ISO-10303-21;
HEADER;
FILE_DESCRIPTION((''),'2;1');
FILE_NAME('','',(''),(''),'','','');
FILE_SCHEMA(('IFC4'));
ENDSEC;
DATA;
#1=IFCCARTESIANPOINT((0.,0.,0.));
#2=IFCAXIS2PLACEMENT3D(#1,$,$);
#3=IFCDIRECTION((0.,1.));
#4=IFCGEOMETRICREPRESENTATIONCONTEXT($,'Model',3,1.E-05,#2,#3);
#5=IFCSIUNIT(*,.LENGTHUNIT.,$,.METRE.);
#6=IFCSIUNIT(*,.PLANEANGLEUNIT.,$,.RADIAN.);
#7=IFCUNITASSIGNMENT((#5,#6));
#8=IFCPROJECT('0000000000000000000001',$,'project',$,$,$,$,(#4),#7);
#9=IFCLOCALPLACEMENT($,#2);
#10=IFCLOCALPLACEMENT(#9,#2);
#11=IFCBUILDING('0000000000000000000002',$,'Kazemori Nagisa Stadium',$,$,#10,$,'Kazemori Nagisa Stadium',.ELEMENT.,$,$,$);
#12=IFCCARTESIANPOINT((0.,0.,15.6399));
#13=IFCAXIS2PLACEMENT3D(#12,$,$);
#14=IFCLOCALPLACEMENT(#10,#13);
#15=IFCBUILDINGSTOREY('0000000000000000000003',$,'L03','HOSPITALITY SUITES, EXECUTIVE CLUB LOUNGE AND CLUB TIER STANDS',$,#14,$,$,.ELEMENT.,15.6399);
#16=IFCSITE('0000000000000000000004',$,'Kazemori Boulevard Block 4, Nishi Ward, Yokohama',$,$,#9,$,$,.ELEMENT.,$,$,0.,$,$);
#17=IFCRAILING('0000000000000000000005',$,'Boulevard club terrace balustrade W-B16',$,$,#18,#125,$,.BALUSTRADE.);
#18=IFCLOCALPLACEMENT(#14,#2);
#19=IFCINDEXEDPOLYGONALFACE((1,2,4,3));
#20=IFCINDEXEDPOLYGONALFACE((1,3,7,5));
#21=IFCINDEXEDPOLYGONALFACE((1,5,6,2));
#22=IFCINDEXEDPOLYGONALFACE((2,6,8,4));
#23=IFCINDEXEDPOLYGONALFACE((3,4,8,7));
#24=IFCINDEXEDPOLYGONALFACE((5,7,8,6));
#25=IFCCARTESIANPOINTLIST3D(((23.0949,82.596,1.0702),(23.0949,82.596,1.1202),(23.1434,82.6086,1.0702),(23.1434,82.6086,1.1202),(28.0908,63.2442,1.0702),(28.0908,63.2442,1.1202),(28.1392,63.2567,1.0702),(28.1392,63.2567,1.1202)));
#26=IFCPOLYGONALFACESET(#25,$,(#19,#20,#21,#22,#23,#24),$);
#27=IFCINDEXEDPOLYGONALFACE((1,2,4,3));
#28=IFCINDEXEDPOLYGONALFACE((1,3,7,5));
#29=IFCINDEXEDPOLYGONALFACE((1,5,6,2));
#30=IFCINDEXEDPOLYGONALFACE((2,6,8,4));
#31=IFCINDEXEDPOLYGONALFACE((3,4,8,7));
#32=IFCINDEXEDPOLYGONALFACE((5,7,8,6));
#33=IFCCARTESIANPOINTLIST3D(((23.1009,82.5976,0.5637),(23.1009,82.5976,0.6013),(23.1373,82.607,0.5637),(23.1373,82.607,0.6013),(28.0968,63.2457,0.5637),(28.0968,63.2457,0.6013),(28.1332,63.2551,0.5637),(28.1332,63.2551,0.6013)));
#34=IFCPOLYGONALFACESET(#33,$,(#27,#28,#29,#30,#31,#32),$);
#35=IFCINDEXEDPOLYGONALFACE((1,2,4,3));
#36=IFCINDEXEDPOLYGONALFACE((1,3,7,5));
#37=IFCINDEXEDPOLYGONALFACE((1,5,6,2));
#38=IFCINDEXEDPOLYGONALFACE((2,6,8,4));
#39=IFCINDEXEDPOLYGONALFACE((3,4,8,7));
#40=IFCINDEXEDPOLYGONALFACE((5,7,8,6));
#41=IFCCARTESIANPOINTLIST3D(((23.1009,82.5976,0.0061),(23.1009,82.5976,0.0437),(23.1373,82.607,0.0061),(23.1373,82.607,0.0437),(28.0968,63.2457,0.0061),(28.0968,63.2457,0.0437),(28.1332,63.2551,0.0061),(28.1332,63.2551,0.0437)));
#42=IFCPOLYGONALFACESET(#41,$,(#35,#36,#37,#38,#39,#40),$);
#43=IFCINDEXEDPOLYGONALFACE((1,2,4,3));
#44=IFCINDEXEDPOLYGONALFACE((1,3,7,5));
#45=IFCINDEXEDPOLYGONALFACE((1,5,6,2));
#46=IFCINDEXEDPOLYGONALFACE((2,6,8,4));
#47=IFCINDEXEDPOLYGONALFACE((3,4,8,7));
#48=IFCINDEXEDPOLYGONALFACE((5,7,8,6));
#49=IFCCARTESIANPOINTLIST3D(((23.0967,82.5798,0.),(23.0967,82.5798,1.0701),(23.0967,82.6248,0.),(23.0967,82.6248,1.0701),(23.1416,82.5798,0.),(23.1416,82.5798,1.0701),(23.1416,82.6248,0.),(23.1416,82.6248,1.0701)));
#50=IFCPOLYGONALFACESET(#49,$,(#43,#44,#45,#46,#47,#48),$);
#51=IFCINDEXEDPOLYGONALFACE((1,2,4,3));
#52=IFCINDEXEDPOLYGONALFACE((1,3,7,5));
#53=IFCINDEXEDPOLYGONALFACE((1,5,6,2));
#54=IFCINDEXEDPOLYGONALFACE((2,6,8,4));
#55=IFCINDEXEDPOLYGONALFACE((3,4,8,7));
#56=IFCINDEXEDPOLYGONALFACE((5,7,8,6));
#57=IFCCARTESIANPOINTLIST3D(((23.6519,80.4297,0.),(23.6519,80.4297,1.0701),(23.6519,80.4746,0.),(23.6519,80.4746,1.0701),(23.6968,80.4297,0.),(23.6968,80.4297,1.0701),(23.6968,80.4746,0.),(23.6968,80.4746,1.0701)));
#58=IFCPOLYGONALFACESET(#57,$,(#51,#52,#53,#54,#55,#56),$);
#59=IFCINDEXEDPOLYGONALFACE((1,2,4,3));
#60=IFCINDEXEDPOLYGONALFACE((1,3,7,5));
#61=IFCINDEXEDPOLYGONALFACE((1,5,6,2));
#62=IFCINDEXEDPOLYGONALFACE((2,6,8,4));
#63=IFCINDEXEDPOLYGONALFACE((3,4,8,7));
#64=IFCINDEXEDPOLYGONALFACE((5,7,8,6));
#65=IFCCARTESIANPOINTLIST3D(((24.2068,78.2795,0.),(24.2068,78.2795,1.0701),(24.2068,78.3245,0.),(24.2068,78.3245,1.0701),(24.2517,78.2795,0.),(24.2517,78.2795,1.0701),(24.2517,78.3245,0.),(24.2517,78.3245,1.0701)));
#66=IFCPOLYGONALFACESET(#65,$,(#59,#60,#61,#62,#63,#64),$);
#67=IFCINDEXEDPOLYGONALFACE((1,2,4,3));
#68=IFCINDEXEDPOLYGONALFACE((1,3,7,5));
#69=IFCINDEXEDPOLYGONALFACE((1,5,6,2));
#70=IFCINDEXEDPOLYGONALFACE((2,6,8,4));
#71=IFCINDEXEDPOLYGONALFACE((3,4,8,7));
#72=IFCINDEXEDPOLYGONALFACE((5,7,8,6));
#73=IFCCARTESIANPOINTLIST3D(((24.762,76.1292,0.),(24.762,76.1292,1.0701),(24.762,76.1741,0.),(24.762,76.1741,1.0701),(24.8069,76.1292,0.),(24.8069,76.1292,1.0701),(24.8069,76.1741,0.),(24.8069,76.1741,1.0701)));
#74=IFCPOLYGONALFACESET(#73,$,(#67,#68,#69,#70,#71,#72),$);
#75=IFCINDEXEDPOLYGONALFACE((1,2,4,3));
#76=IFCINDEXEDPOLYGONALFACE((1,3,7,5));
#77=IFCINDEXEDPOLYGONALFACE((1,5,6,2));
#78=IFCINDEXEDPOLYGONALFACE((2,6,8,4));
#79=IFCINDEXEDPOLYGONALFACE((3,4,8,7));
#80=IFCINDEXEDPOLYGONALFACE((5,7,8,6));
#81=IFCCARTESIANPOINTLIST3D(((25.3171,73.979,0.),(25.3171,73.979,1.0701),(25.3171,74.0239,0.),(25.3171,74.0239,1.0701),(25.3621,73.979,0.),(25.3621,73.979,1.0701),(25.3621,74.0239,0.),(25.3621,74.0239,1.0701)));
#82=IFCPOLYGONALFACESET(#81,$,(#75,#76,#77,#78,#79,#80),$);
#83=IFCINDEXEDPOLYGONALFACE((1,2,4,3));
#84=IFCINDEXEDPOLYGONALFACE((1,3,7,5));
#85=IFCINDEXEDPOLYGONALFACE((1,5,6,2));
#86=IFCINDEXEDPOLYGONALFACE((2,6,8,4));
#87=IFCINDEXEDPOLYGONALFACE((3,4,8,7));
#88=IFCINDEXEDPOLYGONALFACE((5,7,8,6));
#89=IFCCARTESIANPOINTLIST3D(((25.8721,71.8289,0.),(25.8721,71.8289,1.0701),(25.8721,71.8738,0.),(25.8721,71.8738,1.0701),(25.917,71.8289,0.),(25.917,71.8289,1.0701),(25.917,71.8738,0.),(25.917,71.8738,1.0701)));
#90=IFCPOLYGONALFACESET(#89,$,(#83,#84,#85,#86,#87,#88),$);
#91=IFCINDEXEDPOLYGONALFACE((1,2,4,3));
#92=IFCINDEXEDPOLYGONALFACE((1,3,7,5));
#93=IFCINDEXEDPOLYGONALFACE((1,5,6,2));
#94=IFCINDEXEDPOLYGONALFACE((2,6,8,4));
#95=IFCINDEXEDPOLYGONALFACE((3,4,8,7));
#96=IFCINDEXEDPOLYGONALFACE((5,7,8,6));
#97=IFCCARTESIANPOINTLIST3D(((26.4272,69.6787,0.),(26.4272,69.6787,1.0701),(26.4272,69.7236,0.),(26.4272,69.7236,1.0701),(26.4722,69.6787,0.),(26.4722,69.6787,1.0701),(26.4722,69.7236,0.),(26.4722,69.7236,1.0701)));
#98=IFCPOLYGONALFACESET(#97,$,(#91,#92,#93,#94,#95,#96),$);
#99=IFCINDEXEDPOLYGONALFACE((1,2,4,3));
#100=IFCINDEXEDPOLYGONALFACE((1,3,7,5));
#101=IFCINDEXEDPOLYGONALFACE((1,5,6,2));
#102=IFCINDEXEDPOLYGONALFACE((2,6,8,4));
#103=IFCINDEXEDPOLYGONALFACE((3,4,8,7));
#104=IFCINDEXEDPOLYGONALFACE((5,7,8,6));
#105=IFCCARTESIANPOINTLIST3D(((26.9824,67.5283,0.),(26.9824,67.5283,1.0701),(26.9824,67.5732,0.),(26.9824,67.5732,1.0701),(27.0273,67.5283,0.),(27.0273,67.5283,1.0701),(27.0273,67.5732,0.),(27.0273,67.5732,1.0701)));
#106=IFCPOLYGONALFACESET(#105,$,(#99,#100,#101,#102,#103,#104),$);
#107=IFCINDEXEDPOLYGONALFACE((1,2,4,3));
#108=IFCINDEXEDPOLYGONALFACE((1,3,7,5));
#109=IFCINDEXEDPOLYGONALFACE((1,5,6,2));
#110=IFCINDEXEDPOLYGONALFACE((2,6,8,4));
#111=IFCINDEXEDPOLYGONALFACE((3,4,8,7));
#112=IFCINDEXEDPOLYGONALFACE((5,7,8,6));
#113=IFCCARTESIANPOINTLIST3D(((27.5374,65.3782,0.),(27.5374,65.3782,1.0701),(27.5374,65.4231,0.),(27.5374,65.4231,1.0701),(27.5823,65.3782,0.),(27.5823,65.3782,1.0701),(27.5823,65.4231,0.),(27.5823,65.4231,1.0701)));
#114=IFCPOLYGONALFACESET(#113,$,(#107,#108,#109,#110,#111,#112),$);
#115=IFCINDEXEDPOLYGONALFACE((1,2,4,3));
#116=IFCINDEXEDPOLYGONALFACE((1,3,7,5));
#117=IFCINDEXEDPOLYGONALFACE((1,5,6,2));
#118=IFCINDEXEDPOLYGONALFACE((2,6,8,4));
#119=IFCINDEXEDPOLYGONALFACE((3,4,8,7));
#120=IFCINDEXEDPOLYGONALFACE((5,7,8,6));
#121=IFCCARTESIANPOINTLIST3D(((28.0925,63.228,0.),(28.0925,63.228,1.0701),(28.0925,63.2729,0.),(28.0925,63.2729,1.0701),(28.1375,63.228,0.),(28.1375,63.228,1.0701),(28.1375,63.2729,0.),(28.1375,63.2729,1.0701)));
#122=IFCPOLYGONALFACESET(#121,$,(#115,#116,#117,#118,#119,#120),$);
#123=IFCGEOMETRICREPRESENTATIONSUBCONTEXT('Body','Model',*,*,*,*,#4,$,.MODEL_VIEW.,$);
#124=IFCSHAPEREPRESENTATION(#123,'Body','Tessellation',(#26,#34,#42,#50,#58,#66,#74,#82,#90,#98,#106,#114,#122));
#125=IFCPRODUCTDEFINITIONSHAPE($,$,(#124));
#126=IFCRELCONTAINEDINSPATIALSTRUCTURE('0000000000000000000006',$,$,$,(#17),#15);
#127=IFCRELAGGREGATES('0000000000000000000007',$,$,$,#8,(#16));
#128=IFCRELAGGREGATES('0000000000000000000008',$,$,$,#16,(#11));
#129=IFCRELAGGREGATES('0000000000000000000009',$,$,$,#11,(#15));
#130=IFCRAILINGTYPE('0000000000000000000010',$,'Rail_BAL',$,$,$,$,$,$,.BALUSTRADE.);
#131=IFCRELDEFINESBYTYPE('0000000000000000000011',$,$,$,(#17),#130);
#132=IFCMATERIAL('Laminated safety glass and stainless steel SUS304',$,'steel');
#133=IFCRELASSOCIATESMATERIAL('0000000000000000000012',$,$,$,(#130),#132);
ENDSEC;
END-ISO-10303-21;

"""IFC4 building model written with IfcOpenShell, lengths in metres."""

from ifc_helpers import new_model, si_unit, direction, frame, origin, origin_2d, place, context, subcontext, project, spatial, rectangle, extrude, material, type_object, element, save


model = new_model("IFC4")

# Units and contexts
model_context = context("Model", 3, precision=1e-05, world=origin(), true_north=direction((0.0, 1.0)))
body_context = subcontext(model_context, "Body", "Model", "MODEL_VIEW")
ifc_project = project(units=[si_unit("LENGTHUNIT", "METRE"), si_unit("PLANEANGLEUNIT", "RADIAN")], contexts=[model_context])

# Site, building, storey
site_placement = place(None, origin())
site = spatial("IfcSite", under=ifc_project, at=site_placement, Name="Kazemori Boulevard Block 4, Nishi Ward, Yokohama", CompositionType="ELEMENT", RefElevation=0.0)
building_placement = place(site_placement, origin())
building = spatial("IfcBuilding", under=site, at=building_placement, Name="Kazemori Nagisa Stadium", LongName="Kazemori Nagisa Stadium", CompositionType="ELEMENT")
storey_placement = place(building_placement, frame((0.0, 0.0, 15.6399)))
storey = spatial("IfcBuildingStorey", under=building, at=storey_placement, Name="L03", Description="HOSPITALITY SUITES, EXECUTIVE CLUB LOUNGE AND CLUB TIER STANDS", CompositionType="ELEMENT", Elevation=15.6399)

# Railing
ifc_material_1 = material(Name="Laminated safety glass and stainless steel SUS304", Category="steel")
railing_type = type_object("IfcRailingType", Name="Rail_BAL", PredefinedType="BALUSTRADE", material=ifc_material_1)
railing_placement = place(storey_placement, frame((23.1191, 82.6023, 0.0)))
element("IfcRailing", 1, at=railing_placement, inside=storey, type_object=railing_type, Name="Boulevard club terrace balustrade W-B16", PredefinedType="BALUSTRADE", context=body_context, shape_type="SweptSolid", body=[
    extrude(rectangle(XDim=0.05, YDim=0.05, at=origin_2d()), frame((0.0, 0.0, 1.0952), z_axis=(0.249964, -0.968255, 0.0), x_axis=(0.968255, 0.249964, 0.0)), (0.0, 0.0, 1.0), 19.9863),
    extrude(rectangle(XDim=0.0376, YDim=0.0376, at=origin_2d()), frame((0.0, 0.0, 0.5825), z_axis=(0.249964, -0.968255, 0.0), x_axis=(0.968255, 0.249964, 0.0)), (0.0, 0.0, 1.0), 19.9863),
    extrude(rectangle(XDim=0.0376, YDim=0.0376, at=origin_2d()), frame((0.0, 0.0, 0.0249), z_axis=(0.249964, -0.968255, 0.0), x_axis=(0.968255, 0.249964, 0.0)), (0.0, 0.0, 1.0), 19.9863),
    extrude(rectangle(XDim=0.0449, YDim=0.0449, at=origin_2d()), origin(), (0.0, 0.0, 1.0), 1.0701),
    extrude(rectangle(XDim=0.0449, YDim=0.0449, at=origin_2d()), frame((0.5552, -2.1501, 0.0)), (0.0, 0.0, 1.0), 1.0701),
    extrude(rectangle(XDim=0.0449, YDim=0.0449, at=origin_2d()), frame((1.1101, -4.3003, 0.0)), (0.0, 0.0, 1.0), 1.0701),
    extrude(rectangle(XDim=0.0449, YDim=0.0449, at=origin_2d()), frame((1.6653, -6.4507, 0.0)), (0.0, 0.0, 1.0), 1.0701),
    extrude(rectangle(XDim=0.0449, YDim=0.0449, at=origin_2d()), frame((2.2205, -8.6008, 0.0)), (0.0, 0.0, 1.0), 1.0701),
    extrude(rectangle(XDim=0.0449, YDim=0.0449, at=origin_2d()), frame((2.7754, -10.751, 0.0)), (0.0, 0.0, 1.0), 1.0701),
    extrude(rectangle(XDim=0.0449, YDim=0.0449, at=origin_2d()), frame((3.3306, -12.9011, 0.0)), (0.0, 0.0, 1.0), 1.0701),
    extrude(rectangle(XDim=0.0449, YDim=0.0449, at=origin_2d()), frame((3.8857, -15.0515, 0.0)), (0.0, 0.0, 1.0), 1.0701),
    extrude(rectangle(XDim=0.0449, YDim=0.0449, at=origin_2d()), frame((4.4407, -17.2017, 0.0)), (0.0, 0.0, 1.0), 1.0701),
    extrude(rectangle(XDim=0.0449, YDim=0.0449, at=origin_2d()), frame((4.9958, -19.3518, 0.0)), (0.0, 0.0, 1.0), 1.0701),
])

save(model, "model.ifc")
